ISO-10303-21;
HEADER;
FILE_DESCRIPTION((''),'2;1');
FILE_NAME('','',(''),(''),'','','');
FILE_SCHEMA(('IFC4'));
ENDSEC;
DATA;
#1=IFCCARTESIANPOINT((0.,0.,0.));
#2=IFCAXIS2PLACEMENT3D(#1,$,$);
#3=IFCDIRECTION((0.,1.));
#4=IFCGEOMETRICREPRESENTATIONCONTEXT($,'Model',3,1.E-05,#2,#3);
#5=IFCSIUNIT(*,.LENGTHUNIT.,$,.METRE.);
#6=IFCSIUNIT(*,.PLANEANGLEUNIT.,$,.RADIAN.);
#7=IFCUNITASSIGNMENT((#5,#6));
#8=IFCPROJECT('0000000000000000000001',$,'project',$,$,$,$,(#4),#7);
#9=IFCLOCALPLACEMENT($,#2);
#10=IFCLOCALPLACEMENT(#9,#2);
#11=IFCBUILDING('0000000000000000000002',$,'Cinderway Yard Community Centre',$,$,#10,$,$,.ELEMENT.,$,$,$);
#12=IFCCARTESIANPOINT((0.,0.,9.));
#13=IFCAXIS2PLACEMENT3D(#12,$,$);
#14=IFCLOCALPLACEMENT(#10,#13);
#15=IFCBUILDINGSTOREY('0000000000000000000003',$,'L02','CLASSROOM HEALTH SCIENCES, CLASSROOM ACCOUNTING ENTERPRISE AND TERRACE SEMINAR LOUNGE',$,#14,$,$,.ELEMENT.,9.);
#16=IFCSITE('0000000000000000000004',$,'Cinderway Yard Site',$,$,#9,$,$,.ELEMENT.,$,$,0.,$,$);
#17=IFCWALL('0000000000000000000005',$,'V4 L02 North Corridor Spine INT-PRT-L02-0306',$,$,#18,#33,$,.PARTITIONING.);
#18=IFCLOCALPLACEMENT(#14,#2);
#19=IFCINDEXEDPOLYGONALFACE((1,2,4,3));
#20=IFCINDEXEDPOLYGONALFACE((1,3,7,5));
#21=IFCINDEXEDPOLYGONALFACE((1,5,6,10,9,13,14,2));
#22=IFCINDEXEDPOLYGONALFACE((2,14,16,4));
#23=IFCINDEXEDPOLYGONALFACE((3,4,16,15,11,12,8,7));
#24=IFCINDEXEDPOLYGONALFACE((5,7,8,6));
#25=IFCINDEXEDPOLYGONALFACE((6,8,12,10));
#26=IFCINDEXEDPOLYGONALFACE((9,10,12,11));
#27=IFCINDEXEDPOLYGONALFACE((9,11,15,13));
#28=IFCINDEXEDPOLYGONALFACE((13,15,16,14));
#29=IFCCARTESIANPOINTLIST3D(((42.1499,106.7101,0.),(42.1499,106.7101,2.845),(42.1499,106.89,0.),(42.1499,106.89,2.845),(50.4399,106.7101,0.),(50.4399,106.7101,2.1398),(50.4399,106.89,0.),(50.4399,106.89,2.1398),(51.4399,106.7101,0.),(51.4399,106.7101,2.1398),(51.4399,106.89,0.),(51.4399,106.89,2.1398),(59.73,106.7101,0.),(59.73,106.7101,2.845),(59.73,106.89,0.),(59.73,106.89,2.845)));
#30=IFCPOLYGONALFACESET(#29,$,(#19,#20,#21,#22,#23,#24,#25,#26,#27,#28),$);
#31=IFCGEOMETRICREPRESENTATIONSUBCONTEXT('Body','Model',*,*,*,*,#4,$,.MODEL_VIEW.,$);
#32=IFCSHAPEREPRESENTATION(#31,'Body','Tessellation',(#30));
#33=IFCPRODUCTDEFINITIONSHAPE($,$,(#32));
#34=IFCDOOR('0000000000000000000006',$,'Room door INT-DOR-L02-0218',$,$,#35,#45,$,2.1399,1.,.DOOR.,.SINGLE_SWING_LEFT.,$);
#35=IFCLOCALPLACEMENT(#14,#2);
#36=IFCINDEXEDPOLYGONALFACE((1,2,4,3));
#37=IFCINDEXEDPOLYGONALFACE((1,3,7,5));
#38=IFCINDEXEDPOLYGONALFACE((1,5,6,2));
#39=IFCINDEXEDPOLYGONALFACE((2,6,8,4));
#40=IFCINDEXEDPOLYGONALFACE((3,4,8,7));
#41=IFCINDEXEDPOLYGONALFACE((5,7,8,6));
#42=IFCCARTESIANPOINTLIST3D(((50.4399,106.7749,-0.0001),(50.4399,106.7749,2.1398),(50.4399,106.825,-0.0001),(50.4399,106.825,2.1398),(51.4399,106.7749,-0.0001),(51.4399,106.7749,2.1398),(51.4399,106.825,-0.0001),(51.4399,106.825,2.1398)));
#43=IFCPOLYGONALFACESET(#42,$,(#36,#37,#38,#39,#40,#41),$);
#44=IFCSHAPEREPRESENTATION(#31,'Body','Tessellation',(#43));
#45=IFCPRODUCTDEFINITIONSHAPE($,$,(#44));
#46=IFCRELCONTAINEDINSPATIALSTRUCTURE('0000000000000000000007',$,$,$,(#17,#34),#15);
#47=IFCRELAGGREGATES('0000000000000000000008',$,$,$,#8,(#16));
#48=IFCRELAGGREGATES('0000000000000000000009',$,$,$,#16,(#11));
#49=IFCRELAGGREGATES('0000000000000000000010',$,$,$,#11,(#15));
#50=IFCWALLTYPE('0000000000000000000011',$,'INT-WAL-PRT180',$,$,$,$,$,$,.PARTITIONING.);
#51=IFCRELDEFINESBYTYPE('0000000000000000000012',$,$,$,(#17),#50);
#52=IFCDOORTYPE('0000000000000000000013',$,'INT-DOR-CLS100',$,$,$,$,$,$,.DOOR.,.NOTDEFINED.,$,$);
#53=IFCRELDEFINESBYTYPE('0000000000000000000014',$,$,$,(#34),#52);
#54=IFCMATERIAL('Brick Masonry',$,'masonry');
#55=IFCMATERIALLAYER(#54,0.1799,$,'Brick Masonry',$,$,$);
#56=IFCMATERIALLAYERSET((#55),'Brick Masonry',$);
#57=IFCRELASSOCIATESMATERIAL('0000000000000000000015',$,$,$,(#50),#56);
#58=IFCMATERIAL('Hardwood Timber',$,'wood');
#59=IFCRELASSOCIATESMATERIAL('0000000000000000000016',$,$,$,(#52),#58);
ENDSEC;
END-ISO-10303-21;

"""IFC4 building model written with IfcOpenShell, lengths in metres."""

from ifc_helpers import new_model, si_unit, direction, frame, frame_2d, origin, place, context, subcontext, project, spatial, rectangle, extrude, material, layer, layer_set, type_object, element, fill, save


model = new_model("IFC4")

# Units and contexts
model_context = context("Model", 3, precision=1e-05, world=origin(), true_north=direction((0.0, 1.0)))
body_context = subcontext(model_context, "Body", "Model", "MODEL_VIEW")
ifc_project = project(units=[si_unit("LENGTHUNIT", "METRE"), si_unit("PLANEANGLEUNIT", "RADIAN")], contexts=[model_context])

# Site, building, storey
site_placement = place(None, origin())
site = spatial("IfcSite", under=ifc_project, at=site_placement, Name="Cinderway Yard Site", CompositionType="ELEMENT", RefElevation=0.0)
building_placement = place(site_placement, origin())
building = spatial("IfcBuilding", under=site, at=building_placement, Name="Cinderway Yard Community Centre", CompositionType="ELEMENT")
storey_placement = place(building_placement, frame((0.0, 0.0, 9.0)))
storey = spatial("IfcBuildingStorey", under=building, at=storey_placement, Name="L02", Description="CLASSROOM HEALTH SCIENCES, CLASSROOM ACCOUNTING ENTERPRISE AND TERRACE SEMINAR LOUNGE", CompositionType="ELEMENT", Elevation=9.0)

# Shared definitions
ifc_material_1 = material(Name="Brick Masonry", Category="masonry")

# Shared definitions
ifc_layer_1 = layer(ifc_material_1, 0.1799, Name="Brick Masonry")
ifc_layer_set_1 = layer_set([ifc_layer_1], Name="Brick Masonry")
wall_type_1 = type_object("IfcWallType", Name="INT-WAL-PRT180", PredefinedType="PARTITIONING", material=ifc_layer_set_1)
ifc_material_2 = material(Name="Hardwood Timber", Category="wood")

# Wall, opening, door
wall_1_placement = place(storey_placement, frame((42.1499, 106.8, 0.0), z_axis=(0.0, 0.0, 1.0), x_axis=(1.0, 0.0, 0.0)))
wall_1 = element("IfcWall", 1, at=wall_1_placement, inside=storey, type_object=wall_type_1, Name="V4 L02 North Corridor Spine INT-PRT-L02-0306", PredefinedType="PARTITIONING", context=body_context, shape_type="SweptSolid", body=[
    extrude(rectangle(XDim=17.5801, YDim=0.1799, at=frame_2d((8.79, 0.0))), origin(), (0.0, 0.0, 1.0), 2.845),
])
opening_1_placement = place(wall_1_placement, frame((8.29, 0.0, 0.0)))
opening_1 = element("IfcOpeningElement", 2, at=opening_1_placement, cuts=wall_1, PredefinedType="OPENING", context=body_context, shape_type="SweptSolid", body=[
    extrude(rectangle(XDim=1.0, YDim=2.1399, at=frame_2d((0.5, 1.0698))), frame((0.0, 0.0999, 0.0), z_axis=(0.0, -1.0, 0.0), x_axis=(1.0, 0.0, 0.0)), (0.0, 0.0, 1.0), 0.2),
])
door_type_1 = type_object("IfcDoorType", Name="INT-DOR-CLS100", OperationType="NOTDEFINED", PredefinedType="DOOR", material=ifc_material_2)
door_1_placement = place(opening_1_placement, origin())
door_1 = element("IfcDoor", 3, at=door_1_placement, inside=storey, type_object=door_type_1, Name="Room door INT-DOR-L02-0218", OperationType="SINGLE_SWING_LEFT", OverallHeight=2.1399, OverallWidth=1.0, PredefinedType="DOOR", context=body_context, shape_type="SweptSolid", body=[
    extrude(rectangle(XDim=1.0, YDim=2.1399, at=frame_2d((0.5, 1.0698))), frame((0.0, 0.0249, 0.0), z_axis=(0.0, -1.0, 0.0), x_axis=(1.0, 0.0, 0.0)), (0.0, 0.0, 1.0), 0.05),
])
fill(opening_1, door_1)

save(model, "model.ifc")
